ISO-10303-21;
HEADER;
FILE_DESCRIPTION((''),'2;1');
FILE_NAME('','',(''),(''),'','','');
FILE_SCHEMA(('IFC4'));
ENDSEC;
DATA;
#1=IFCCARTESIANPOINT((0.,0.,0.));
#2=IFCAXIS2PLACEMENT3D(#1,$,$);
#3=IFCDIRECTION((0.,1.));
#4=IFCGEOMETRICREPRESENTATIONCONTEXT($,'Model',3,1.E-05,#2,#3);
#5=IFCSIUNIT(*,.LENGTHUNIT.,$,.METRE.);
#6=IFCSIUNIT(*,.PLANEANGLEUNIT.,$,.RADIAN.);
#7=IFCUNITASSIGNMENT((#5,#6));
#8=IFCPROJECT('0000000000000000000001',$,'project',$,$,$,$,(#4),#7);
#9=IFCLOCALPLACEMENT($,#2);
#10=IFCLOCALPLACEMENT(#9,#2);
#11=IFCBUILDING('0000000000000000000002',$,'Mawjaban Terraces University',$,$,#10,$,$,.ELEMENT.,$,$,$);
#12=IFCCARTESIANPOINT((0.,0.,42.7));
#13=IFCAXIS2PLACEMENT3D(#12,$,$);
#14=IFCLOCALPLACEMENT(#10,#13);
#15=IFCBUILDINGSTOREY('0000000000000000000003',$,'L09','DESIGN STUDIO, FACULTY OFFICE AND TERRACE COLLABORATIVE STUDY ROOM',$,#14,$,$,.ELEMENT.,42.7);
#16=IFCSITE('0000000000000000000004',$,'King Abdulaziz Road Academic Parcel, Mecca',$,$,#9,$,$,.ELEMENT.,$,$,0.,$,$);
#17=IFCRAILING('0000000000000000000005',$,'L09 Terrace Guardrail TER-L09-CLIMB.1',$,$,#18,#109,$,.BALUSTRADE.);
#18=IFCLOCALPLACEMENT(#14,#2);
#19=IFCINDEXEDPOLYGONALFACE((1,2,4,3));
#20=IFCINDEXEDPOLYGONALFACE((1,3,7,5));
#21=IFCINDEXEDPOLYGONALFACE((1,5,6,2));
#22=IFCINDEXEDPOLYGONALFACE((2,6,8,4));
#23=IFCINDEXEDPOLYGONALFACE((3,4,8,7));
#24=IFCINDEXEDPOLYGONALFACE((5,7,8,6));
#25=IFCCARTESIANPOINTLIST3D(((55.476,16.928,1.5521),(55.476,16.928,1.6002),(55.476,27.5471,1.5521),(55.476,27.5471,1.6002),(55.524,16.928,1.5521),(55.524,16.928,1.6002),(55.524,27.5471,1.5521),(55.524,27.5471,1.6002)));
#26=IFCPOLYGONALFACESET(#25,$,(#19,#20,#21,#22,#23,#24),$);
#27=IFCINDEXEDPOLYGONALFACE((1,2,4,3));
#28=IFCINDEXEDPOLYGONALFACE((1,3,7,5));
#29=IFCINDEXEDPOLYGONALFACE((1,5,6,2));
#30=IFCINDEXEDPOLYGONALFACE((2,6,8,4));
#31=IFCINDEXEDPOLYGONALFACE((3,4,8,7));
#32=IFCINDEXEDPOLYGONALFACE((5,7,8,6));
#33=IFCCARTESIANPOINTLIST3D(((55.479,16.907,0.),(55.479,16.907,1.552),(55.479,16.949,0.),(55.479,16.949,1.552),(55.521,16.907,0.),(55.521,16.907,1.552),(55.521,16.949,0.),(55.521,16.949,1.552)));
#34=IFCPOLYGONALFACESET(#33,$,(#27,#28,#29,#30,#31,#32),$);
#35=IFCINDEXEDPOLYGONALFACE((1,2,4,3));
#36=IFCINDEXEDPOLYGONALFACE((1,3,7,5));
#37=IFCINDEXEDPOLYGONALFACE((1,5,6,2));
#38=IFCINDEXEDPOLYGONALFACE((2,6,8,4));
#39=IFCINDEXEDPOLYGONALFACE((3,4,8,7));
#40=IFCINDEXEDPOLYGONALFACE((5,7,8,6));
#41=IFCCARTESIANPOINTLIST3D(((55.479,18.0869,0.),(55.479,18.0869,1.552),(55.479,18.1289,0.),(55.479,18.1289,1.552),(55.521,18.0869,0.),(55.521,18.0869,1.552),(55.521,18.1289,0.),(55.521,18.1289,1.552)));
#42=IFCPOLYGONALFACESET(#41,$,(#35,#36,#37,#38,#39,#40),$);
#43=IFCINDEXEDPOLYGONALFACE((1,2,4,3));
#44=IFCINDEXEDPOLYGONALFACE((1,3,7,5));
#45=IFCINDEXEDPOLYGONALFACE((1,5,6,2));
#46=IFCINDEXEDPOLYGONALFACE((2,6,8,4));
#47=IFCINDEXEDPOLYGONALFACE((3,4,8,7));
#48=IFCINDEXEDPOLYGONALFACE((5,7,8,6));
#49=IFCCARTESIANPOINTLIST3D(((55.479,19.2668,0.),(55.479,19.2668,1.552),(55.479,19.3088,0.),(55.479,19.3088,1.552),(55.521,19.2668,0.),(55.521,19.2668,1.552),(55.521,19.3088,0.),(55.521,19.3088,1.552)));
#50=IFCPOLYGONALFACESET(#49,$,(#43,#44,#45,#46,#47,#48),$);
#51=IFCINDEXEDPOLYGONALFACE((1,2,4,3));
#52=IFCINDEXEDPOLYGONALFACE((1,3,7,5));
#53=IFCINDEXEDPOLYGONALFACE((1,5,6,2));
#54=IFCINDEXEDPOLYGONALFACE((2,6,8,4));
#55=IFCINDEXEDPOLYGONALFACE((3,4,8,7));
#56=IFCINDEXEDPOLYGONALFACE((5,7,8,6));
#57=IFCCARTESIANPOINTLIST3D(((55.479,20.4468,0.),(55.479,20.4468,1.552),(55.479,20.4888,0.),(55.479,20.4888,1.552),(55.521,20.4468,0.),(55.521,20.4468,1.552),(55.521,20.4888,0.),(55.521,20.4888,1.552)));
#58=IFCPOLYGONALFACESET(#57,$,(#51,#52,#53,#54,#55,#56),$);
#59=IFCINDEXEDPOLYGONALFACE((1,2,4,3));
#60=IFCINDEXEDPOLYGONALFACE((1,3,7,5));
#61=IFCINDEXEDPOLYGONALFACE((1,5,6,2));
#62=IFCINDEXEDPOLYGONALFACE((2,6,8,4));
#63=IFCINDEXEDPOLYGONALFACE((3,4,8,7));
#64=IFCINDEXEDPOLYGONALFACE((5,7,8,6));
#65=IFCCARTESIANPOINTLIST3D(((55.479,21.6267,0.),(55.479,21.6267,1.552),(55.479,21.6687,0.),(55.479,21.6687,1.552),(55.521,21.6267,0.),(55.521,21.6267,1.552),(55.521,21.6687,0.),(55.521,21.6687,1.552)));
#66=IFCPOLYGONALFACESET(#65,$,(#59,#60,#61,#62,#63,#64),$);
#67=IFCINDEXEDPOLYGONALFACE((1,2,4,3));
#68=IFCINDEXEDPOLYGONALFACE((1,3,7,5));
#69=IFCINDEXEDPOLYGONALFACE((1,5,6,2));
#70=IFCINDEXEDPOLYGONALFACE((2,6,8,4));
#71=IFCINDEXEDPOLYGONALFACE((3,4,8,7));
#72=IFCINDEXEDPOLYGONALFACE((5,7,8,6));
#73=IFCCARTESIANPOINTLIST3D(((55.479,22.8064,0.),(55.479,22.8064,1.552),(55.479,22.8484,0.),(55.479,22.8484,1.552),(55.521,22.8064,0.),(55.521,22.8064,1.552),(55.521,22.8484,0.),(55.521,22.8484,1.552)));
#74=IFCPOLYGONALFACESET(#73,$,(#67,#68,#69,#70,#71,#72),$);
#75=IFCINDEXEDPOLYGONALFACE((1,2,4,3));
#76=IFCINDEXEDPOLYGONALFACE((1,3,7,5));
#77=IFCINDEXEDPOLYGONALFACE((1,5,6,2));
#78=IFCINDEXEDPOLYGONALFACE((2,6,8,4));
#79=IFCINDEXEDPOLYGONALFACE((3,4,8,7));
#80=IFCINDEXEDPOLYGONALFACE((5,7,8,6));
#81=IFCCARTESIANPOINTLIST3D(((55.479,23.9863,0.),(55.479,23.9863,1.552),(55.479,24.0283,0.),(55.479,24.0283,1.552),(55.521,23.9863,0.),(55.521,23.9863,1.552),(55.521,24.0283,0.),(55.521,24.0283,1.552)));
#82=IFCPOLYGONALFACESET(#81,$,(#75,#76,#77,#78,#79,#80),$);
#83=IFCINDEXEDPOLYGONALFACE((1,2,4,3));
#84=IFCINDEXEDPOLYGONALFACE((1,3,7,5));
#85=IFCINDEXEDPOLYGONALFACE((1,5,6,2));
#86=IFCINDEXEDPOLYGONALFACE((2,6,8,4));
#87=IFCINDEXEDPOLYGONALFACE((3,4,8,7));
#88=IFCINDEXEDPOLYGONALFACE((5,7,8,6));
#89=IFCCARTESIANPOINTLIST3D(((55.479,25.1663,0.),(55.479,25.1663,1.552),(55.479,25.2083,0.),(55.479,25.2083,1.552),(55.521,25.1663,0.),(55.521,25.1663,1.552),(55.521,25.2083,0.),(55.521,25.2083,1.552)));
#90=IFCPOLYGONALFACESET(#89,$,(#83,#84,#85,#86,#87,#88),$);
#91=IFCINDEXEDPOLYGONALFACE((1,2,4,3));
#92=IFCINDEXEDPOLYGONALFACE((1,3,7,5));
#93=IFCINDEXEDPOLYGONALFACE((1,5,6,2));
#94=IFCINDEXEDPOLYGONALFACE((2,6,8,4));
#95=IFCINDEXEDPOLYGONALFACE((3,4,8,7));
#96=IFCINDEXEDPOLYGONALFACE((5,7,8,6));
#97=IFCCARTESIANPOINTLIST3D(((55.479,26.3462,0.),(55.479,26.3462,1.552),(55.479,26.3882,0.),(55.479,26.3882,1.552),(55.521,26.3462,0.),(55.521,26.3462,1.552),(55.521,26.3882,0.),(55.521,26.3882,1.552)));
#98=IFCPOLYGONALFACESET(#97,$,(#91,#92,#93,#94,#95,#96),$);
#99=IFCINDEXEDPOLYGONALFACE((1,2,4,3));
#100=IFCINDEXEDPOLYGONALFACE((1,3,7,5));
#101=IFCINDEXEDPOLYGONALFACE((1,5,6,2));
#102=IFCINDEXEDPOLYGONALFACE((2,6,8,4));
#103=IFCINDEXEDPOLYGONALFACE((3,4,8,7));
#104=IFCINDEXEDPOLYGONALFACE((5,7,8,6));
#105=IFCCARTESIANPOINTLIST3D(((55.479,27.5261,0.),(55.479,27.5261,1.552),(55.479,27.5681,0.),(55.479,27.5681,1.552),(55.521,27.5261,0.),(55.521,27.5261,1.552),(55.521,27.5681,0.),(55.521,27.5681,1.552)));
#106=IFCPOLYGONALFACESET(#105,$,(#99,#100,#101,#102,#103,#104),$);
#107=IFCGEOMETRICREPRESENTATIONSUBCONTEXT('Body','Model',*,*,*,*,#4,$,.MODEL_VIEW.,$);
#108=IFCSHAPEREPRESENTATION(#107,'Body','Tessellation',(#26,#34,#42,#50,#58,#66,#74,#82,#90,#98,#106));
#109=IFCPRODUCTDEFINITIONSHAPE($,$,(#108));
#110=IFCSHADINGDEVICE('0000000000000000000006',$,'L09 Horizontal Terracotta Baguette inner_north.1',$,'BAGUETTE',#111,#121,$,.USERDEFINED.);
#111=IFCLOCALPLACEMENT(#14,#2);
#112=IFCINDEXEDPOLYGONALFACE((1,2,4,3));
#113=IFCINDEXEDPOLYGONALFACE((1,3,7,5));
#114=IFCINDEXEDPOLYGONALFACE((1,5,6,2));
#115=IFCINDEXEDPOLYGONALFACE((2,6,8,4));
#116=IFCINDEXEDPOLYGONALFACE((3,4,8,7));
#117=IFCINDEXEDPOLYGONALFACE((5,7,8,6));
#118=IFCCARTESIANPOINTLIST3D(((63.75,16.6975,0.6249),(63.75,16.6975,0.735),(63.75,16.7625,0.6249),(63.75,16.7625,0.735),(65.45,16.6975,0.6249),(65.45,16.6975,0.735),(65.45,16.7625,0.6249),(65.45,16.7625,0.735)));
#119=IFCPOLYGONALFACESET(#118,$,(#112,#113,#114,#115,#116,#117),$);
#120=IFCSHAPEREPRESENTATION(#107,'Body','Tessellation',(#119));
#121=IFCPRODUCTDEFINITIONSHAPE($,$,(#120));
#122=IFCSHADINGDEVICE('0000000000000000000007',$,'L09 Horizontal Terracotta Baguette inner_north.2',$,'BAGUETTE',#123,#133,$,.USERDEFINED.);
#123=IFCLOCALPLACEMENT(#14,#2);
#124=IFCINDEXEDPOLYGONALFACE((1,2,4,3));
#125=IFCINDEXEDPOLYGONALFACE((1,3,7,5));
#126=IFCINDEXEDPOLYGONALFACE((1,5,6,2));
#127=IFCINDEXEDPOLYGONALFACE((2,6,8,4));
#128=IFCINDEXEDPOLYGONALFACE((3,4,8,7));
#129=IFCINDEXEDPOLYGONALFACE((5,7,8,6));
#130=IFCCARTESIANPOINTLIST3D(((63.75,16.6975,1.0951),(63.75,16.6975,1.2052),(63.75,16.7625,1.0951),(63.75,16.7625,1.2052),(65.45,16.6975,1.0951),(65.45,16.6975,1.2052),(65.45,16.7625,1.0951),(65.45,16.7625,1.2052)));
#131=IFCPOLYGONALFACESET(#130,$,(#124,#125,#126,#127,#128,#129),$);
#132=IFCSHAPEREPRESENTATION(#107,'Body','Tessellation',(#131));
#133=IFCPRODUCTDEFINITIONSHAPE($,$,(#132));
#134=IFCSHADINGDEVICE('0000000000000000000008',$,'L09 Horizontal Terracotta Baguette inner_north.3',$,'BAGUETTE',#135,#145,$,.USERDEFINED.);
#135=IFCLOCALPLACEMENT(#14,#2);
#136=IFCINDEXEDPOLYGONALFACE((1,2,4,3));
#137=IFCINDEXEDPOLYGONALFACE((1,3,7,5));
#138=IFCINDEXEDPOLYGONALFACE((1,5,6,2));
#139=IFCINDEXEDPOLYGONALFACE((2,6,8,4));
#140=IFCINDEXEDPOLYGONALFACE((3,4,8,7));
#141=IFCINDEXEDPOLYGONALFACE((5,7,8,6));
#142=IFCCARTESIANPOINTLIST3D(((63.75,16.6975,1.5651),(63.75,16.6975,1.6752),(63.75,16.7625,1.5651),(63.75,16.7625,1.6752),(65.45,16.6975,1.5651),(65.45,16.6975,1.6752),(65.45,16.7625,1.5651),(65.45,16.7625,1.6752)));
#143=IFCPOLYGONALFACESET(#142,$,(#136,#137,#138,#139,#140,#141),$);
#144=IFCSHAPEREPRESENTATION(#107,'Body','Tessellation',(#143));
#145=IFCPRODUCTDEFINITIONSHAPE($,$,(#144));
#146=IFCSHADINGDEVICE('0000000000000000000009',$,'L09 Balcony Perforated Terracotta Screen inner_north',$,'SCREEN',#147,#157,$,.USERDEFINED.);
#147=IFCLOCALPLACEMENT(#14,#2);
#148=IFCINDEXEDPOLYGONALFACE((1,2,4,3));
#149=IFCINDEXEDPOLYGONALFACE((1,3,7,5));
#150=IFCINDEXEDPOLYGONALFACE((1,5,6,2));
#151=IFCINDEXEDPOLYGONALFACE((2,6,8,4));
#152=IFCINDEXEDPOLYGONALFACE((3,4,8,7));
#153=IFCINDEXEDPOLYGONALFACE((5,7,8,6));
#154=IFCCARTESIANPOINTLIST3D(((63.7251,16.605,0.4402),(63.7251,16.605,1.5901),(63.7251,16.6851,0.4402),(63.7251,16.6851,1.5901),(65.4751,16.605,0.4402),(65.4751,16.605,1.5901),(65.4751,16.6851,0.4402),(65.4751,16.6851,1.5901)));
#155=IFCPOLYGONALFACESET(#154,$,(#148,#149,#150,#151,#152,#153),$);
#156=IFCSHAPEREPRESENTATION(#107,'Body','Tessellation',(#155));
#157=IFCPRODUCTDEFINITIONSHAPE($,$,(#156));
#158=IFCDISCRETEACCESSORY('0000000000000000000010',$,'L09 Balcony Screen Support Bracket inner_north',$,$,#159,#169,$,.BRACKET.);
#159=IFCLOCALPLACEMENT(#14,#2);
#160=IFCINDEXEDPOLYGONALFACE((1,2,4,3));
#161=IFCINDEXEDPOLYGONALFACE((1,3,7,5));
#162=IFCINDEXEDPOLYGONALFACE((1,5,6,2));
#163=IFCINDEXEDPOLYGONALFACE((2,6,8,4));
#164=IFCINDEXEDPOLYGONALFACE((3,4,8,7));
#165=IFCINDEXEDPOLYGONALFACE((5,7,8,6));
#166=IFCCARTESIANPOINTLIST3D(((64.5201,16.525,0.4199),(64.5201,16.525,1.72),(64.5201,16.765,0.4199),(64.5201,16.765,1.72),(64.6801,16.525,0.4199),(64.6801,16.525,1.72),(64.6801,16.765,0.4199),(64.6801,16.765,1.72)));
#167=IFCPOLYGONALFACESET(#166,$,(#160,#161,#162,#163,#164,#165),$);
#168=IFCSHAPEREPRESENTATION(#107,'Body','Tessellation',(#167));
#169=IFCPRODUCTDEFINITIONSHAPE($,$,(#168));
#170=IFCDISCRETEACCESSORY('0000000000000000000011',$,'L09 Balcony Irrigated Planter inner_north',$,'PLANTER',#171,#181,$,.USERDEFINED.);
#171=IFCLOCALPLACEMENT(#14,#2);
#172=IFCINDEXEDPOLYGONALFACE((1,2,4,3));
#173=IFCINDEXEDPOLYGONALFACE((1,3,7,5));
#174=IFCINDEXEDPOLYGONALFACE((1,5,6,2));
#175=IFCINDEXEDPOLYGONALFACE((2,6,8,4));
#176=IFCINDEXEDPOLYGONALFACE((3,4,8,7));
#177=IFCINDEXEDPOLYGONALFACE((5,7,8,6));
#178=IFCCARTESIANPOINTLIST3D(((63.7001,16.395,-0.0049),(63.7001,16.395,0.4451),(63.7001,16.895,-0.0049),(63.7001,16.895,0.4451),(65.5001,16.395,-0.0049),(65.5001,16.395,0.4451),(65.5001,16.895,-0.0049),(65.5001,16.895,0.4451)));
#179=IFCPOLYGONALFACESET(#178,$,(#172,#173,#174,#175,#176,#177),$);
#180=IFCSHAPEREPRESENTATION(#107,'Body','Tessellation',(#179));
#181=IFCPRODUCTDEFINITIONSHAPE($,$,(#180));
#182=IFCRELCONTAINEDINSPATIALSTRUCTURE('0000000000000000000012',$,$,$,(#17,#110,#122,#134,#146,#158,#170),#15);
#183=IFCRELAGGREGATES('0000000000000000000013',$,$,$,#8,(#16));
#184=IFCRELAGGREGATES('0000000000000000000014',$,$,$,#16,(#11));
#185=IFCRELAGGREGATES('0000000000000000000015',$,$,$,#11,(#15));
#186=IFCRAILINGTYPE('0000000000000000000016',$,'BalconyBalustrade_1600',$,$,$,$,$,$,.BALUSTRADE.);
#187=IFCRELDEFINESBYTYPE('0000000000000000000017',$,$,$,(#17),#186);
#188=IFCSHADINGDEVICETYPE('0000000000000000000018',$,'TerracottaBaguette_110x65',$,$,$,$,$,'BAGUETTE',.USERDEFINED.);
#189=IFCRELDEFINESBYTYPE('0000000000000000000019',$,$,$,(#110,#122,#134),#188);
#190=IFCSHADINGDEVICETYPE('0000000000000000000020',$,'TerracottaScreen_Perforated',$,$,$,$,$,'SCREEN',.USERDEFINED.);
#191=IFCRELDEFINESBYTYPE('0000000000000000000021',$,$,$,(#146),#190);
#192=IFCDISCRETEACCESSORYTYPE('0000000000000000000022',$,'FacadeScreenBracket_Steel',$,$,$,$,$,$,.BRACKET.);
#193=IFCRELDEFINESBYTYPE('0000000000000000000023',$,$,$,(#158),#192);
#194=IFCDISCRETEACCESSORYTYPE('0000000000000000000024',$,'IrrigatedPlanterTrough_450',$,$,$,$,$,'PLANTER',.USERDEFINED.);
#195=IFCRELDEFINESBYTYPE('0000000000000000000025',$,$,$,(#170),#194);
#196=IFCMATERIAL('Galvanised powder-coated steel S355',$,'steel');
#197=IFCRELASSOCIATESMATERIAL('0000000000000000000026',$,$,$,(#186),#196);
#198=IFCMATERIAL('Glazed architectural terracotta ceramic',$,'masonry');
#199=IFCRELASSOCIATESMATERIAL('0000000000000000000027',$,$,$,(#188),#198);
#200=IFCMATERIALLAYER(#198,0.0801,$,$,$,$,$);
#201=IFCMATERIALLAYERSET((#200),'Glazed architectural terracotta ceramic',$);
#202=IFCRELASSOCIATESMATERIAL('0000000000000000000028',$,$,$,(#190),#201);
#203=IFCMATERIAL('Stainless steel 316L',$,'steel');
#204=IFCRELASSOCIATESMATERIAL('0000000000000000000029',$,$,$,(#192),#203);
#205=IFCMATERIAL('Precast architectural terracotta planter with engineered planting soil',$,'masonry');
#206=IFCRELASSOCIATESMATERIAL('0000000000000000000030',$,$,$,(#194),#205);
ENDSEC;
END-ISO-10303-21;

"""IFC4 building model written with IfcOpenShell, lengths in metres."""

from ifc_helpers import new_model, si_unit, direction, frame, origin, origin_2d, place, context, subcontext, project, spatial, rectangle, extrude, material, layer, layer_set, material_profile, profile_set, type_object, element, save


model = new_model("IFC4")

# Units and contexts
model_context = context("Model", 3, precision=1e-05, world=origin(), true_north=direction((0.0, 1.0)))
body_context = subcontext(model_context, "Body", "Model", "MODEL_VIEW")
ifc_project = project(units=[si_unit("LENGTHUNIT", "METRE"), si_unit("PLANEANGLEUNIT", "RADIAN")], contexts=[model_context])

# Site, building, storey
site_placement = place(None, origin())
site = spatial("IfcSite", under=ifc_project, at=site_placement, Name="King Abdulaziz Road Academic Parcel, Mecca", CompositionType="ELEMENT", RefElevation=0.0)
building_placement = place(site_placement, origin())
building = spatial("IfcBuilding", under=site, at=building_placement, Name="Mawjaban Terraces University", CompositionType="ELEMENT")
storey_placement = place(building_placement, frame((0.0, 0.0, 42.7)))
storey = spatial("IfcBuildingStorey", under=building, at=storey_placement, Name="L09", Description="DESIGN STUDIO, FACULTY OFFICE AND TERRACE COLLABORATIVE STUDY ROOM", CompositionType="ELEMENT", Elevation=42.7)

# Railing
ifc_material_1 = material(Name="Galvanised powder-coated steel S355", Category="steel")
railing_type = type_object("IfcRailingType", Name="BalconyBalustrade_1600", PredefinedType="BALUSTRADE", material=ifc_material_1)
railing_1_placement = place(storey_placement, frame((55.5, 16.928, 0.0)))
element("IfcRailing", 1, at=railing_1_placement, inside=storey, type_object=railing_type, Name="L09 Terrace Guardrail TER-L09-CLIMB.1", PredefinedType="BALUSTRADE", context=body_context, shape_type="SweptSolid", body=[
    extrude(rectangle(XDim=0.0481, YDim=0.0481, at=origin_2d()), frame((0.0, 0.0, 1.5762), z_axis=(0.0, 1.0, 0.0), x_axis=(-1.0, 0.0, 0.0)), (0.0, 0.0, 1.0), 10.6191),
    extrude(rectangle(XDim=0.042, YDim=0.042, at=origin_2d()), origin(), (0.0, 0.0, 1.0), 1.552),
    extrude(rectangle(XDim=0.042, YDim=0.042, at=origin_2d()), frame((0.0, 1.1799, 0.0)), (0.0, 0.0, 1.0), 1.552),
    extrude(rectangle(XDim=0.042, YDim=0.042, at=origin_2d()), frame((0.0, 2.3599, 0.0)), (0.0, 0.0, 1.0), 1.552),
    extrude(rectangle(XDim=0.042, YDim=0.042, at=origin_2d()), frame((0.0, 3.5398, 0.0)), (0.0, 0.0, 1.0), 1.552),
    extrude(rectangle(XDim=0.042, YDim=0.042, at=origin_2d()), frame((0.0, 4.7197, 0.0)), (0.0, 0.0, 1.0), 1.552),
    extrude(rectangle(XDim=0.042, YDim=0.042, at=origin_2d()), frame((0.0, 5.8994, 0.0)), (0.0, 0.0, 1.0), 1.552),
    extrude(rectangle(XDim=0.042, YDim=0.042, at=origin_2d()), frame((0.0, 7.0793, 0.0)), (0.0, 0.0, 1.0), 1.552),
    extrude(rectangle(XDim=0.042, YDim=0.042, at=origin_2d()), frame((0.0, 8.2593, 0.0)), (0.0, 0.0, 1.0), 1.552),
    extrude(rectangle(XDim=0.042, YDim=0.042, at=origin_2d()), frame((0.0, 9.4392, 0.0)), (0.0, 0.0, 1.0), 1.552),
    extrude(rectangle(XDim=0.042, YDim=0.042, at=origin_2d()), frame((0.0, 10.6191, 0.0)), (0.0, 0.0, 1.0), 1.552),
])

# Shading devices
ifc_material_2 = material(Name="Glazed architectural terracotta ceramic", Category="masonry")
ifc_material_profile_1 = material_profile(ifc_material_2, rectangle(XDim=0.0649, YDim=0.1101, at=origin_2d()), Name="TBAG110X65")
ifc_profile_set_1 = profile_set([ifc_material_profile_1], Name="Glazed architectural terracotta ceramic")
shading_device_type_1 = type_object("IfcShadingDeviceType", Name="TerracottaBaguette_110x65", ElementType="BAGUETTE", PredefinedType="USERDEFINED", material=ifc_profile_set_1)
for number, where, z_axis, x_axis, name in (
    (2, (63.75, 16.73, 0.6799), (1.0, 0.0, 0.0), (0.0, 1.0, 0.0), "L09 Horizontal Terracotta Baguette inner_north.1"),
    (3, (63.75, 16.73, 1.1501), (1.0, 0.0, 0.0), (0.0, 1.0, 0.0), "L09 Horizontal Terracotta Baguette inner_north.2"),
    (4, (63.75, 16.73, 1.6201), (1.0, 0.0, 0.0), (0.0, 1.0, 0.0), "L09 Horizontal Terracotta Baguette inner_north.3"),
):
    element("IfcShadingDevice", number, at=place(storey_placement, frame(where, z_axis=z_axis, x_axis=x_axis)), inside=storey, type_object=shading_device_type_1, Name=name, ObjectType="BAGUETTE", PredefinedType="USERDEFINED", context=body_context, shape_type="SweptSolid", body=[
        extrude(rectangle(XDim=0.0649, YDim=0.1101, at=origin_2d()), origin(), (0.0, 0.0, 1.0), 1.7),
    ])
ifc_layer_1 = layer(ifc_material_2, 0.0801)
ifc_layer_set_1 = layer_set([ifc_layer_1], Name="Glazed architectural terracotta ceramic")
shading_device_type_2 = type_object("IfcShadingDeviceType", Name="TerracottaScreen_Perforated", ElementType="SCREEN", PredefinedType="USERDEFINED", material=ifc_layer_set_1)
shading_device_placement = place(storey_placement, frame((64.6001, 16.645, 0.4402), z_axis=(0.0, 0.0, 1.0), x_axis=(1.0, 0.0, 0.0)))
element("IfcShadingDevice", 5, at=shading_device_placement, inside=storey, type_object=shading_device_type_2, Name="L09 Balcony Perforated Terracotta Screen inner_north", ObjectType="SCREEN", PredefinedType="USERDEFINED", context=body_context, shape_type="SweptSolid", body=[
    extrude(rectangle(XDim=1.75, YDim=0.0801, at=origin_2d()), origin(), (0.0, 0.0, 1.0), 1.1499),
])

# Discrete accessories
ifc_material_3 = material(Name="Stainless steel 316L", Category="steel")
discrete_accessory_type_1 = type_object("IfcDiscreteAccessoryType", Name="FacadeScreenBracket_Steel", PredefinedType="BRACKET", material=ifc_material_3)
discrete_accessory_1_placement = place(storey_placement, frame((64.6001, 16.645, 0.4199), z_axis=(0.0, 0.0, 1.0), x_axis=(1.0, 0.0, 0.0)))
element("IfcDiscreteAccessory", 6, at=discrete_accessory_1_placement, inside=storey, type_object=discrete_accessory_type_1, Name="L09 Balcony Screen Support Bracket inner_north", PredefinedType="BRACKET", context=body_context, shape_type="SweptSolid", body=[
    extrude(rectangle(XDim=0.1599, YDim=0.24, at=origin_2d()), origin(), (0.0, 0.0, 1.0), 1.3),
])
ifc_material_4 = material(Name="Precast architectural terracotta planter with engineered planting soil", Category="masonry")
discrete_accessory_type_2 = type_object("IfcDiscreteAccessoryType", Name="IrrigatedPlanterTrough_450", ElementType="PLANTER", PredefinedType="USERDEFINED", material=ifc_material_4)
discrete_accessory_2_placement = place(storey_placement, frame((64.6001, 16.645, -0.0049), z_axis=(0.0, 0.0, 1.0), x_axis=(1.0, 0.0, 0.0)))
element("IfcDiscreteAccessory", 7, at=discrete_accessory_2_placement, inside=storey, type_object=discrete_accessory_type_2, Name="L09 Balcony Irrigated Planter inner_north", ObjectType="PLANTER", PredefinedType="USERDEFINED", context=body_context, shape_type="SweptSolid", body=[
    extrude(rectangle(XDim=1.8, YDim=0.5, at=origin_2d()), origin(), (0.0, 0.0, 1.0), 0.45),
])

save(model, "model.ifc")
